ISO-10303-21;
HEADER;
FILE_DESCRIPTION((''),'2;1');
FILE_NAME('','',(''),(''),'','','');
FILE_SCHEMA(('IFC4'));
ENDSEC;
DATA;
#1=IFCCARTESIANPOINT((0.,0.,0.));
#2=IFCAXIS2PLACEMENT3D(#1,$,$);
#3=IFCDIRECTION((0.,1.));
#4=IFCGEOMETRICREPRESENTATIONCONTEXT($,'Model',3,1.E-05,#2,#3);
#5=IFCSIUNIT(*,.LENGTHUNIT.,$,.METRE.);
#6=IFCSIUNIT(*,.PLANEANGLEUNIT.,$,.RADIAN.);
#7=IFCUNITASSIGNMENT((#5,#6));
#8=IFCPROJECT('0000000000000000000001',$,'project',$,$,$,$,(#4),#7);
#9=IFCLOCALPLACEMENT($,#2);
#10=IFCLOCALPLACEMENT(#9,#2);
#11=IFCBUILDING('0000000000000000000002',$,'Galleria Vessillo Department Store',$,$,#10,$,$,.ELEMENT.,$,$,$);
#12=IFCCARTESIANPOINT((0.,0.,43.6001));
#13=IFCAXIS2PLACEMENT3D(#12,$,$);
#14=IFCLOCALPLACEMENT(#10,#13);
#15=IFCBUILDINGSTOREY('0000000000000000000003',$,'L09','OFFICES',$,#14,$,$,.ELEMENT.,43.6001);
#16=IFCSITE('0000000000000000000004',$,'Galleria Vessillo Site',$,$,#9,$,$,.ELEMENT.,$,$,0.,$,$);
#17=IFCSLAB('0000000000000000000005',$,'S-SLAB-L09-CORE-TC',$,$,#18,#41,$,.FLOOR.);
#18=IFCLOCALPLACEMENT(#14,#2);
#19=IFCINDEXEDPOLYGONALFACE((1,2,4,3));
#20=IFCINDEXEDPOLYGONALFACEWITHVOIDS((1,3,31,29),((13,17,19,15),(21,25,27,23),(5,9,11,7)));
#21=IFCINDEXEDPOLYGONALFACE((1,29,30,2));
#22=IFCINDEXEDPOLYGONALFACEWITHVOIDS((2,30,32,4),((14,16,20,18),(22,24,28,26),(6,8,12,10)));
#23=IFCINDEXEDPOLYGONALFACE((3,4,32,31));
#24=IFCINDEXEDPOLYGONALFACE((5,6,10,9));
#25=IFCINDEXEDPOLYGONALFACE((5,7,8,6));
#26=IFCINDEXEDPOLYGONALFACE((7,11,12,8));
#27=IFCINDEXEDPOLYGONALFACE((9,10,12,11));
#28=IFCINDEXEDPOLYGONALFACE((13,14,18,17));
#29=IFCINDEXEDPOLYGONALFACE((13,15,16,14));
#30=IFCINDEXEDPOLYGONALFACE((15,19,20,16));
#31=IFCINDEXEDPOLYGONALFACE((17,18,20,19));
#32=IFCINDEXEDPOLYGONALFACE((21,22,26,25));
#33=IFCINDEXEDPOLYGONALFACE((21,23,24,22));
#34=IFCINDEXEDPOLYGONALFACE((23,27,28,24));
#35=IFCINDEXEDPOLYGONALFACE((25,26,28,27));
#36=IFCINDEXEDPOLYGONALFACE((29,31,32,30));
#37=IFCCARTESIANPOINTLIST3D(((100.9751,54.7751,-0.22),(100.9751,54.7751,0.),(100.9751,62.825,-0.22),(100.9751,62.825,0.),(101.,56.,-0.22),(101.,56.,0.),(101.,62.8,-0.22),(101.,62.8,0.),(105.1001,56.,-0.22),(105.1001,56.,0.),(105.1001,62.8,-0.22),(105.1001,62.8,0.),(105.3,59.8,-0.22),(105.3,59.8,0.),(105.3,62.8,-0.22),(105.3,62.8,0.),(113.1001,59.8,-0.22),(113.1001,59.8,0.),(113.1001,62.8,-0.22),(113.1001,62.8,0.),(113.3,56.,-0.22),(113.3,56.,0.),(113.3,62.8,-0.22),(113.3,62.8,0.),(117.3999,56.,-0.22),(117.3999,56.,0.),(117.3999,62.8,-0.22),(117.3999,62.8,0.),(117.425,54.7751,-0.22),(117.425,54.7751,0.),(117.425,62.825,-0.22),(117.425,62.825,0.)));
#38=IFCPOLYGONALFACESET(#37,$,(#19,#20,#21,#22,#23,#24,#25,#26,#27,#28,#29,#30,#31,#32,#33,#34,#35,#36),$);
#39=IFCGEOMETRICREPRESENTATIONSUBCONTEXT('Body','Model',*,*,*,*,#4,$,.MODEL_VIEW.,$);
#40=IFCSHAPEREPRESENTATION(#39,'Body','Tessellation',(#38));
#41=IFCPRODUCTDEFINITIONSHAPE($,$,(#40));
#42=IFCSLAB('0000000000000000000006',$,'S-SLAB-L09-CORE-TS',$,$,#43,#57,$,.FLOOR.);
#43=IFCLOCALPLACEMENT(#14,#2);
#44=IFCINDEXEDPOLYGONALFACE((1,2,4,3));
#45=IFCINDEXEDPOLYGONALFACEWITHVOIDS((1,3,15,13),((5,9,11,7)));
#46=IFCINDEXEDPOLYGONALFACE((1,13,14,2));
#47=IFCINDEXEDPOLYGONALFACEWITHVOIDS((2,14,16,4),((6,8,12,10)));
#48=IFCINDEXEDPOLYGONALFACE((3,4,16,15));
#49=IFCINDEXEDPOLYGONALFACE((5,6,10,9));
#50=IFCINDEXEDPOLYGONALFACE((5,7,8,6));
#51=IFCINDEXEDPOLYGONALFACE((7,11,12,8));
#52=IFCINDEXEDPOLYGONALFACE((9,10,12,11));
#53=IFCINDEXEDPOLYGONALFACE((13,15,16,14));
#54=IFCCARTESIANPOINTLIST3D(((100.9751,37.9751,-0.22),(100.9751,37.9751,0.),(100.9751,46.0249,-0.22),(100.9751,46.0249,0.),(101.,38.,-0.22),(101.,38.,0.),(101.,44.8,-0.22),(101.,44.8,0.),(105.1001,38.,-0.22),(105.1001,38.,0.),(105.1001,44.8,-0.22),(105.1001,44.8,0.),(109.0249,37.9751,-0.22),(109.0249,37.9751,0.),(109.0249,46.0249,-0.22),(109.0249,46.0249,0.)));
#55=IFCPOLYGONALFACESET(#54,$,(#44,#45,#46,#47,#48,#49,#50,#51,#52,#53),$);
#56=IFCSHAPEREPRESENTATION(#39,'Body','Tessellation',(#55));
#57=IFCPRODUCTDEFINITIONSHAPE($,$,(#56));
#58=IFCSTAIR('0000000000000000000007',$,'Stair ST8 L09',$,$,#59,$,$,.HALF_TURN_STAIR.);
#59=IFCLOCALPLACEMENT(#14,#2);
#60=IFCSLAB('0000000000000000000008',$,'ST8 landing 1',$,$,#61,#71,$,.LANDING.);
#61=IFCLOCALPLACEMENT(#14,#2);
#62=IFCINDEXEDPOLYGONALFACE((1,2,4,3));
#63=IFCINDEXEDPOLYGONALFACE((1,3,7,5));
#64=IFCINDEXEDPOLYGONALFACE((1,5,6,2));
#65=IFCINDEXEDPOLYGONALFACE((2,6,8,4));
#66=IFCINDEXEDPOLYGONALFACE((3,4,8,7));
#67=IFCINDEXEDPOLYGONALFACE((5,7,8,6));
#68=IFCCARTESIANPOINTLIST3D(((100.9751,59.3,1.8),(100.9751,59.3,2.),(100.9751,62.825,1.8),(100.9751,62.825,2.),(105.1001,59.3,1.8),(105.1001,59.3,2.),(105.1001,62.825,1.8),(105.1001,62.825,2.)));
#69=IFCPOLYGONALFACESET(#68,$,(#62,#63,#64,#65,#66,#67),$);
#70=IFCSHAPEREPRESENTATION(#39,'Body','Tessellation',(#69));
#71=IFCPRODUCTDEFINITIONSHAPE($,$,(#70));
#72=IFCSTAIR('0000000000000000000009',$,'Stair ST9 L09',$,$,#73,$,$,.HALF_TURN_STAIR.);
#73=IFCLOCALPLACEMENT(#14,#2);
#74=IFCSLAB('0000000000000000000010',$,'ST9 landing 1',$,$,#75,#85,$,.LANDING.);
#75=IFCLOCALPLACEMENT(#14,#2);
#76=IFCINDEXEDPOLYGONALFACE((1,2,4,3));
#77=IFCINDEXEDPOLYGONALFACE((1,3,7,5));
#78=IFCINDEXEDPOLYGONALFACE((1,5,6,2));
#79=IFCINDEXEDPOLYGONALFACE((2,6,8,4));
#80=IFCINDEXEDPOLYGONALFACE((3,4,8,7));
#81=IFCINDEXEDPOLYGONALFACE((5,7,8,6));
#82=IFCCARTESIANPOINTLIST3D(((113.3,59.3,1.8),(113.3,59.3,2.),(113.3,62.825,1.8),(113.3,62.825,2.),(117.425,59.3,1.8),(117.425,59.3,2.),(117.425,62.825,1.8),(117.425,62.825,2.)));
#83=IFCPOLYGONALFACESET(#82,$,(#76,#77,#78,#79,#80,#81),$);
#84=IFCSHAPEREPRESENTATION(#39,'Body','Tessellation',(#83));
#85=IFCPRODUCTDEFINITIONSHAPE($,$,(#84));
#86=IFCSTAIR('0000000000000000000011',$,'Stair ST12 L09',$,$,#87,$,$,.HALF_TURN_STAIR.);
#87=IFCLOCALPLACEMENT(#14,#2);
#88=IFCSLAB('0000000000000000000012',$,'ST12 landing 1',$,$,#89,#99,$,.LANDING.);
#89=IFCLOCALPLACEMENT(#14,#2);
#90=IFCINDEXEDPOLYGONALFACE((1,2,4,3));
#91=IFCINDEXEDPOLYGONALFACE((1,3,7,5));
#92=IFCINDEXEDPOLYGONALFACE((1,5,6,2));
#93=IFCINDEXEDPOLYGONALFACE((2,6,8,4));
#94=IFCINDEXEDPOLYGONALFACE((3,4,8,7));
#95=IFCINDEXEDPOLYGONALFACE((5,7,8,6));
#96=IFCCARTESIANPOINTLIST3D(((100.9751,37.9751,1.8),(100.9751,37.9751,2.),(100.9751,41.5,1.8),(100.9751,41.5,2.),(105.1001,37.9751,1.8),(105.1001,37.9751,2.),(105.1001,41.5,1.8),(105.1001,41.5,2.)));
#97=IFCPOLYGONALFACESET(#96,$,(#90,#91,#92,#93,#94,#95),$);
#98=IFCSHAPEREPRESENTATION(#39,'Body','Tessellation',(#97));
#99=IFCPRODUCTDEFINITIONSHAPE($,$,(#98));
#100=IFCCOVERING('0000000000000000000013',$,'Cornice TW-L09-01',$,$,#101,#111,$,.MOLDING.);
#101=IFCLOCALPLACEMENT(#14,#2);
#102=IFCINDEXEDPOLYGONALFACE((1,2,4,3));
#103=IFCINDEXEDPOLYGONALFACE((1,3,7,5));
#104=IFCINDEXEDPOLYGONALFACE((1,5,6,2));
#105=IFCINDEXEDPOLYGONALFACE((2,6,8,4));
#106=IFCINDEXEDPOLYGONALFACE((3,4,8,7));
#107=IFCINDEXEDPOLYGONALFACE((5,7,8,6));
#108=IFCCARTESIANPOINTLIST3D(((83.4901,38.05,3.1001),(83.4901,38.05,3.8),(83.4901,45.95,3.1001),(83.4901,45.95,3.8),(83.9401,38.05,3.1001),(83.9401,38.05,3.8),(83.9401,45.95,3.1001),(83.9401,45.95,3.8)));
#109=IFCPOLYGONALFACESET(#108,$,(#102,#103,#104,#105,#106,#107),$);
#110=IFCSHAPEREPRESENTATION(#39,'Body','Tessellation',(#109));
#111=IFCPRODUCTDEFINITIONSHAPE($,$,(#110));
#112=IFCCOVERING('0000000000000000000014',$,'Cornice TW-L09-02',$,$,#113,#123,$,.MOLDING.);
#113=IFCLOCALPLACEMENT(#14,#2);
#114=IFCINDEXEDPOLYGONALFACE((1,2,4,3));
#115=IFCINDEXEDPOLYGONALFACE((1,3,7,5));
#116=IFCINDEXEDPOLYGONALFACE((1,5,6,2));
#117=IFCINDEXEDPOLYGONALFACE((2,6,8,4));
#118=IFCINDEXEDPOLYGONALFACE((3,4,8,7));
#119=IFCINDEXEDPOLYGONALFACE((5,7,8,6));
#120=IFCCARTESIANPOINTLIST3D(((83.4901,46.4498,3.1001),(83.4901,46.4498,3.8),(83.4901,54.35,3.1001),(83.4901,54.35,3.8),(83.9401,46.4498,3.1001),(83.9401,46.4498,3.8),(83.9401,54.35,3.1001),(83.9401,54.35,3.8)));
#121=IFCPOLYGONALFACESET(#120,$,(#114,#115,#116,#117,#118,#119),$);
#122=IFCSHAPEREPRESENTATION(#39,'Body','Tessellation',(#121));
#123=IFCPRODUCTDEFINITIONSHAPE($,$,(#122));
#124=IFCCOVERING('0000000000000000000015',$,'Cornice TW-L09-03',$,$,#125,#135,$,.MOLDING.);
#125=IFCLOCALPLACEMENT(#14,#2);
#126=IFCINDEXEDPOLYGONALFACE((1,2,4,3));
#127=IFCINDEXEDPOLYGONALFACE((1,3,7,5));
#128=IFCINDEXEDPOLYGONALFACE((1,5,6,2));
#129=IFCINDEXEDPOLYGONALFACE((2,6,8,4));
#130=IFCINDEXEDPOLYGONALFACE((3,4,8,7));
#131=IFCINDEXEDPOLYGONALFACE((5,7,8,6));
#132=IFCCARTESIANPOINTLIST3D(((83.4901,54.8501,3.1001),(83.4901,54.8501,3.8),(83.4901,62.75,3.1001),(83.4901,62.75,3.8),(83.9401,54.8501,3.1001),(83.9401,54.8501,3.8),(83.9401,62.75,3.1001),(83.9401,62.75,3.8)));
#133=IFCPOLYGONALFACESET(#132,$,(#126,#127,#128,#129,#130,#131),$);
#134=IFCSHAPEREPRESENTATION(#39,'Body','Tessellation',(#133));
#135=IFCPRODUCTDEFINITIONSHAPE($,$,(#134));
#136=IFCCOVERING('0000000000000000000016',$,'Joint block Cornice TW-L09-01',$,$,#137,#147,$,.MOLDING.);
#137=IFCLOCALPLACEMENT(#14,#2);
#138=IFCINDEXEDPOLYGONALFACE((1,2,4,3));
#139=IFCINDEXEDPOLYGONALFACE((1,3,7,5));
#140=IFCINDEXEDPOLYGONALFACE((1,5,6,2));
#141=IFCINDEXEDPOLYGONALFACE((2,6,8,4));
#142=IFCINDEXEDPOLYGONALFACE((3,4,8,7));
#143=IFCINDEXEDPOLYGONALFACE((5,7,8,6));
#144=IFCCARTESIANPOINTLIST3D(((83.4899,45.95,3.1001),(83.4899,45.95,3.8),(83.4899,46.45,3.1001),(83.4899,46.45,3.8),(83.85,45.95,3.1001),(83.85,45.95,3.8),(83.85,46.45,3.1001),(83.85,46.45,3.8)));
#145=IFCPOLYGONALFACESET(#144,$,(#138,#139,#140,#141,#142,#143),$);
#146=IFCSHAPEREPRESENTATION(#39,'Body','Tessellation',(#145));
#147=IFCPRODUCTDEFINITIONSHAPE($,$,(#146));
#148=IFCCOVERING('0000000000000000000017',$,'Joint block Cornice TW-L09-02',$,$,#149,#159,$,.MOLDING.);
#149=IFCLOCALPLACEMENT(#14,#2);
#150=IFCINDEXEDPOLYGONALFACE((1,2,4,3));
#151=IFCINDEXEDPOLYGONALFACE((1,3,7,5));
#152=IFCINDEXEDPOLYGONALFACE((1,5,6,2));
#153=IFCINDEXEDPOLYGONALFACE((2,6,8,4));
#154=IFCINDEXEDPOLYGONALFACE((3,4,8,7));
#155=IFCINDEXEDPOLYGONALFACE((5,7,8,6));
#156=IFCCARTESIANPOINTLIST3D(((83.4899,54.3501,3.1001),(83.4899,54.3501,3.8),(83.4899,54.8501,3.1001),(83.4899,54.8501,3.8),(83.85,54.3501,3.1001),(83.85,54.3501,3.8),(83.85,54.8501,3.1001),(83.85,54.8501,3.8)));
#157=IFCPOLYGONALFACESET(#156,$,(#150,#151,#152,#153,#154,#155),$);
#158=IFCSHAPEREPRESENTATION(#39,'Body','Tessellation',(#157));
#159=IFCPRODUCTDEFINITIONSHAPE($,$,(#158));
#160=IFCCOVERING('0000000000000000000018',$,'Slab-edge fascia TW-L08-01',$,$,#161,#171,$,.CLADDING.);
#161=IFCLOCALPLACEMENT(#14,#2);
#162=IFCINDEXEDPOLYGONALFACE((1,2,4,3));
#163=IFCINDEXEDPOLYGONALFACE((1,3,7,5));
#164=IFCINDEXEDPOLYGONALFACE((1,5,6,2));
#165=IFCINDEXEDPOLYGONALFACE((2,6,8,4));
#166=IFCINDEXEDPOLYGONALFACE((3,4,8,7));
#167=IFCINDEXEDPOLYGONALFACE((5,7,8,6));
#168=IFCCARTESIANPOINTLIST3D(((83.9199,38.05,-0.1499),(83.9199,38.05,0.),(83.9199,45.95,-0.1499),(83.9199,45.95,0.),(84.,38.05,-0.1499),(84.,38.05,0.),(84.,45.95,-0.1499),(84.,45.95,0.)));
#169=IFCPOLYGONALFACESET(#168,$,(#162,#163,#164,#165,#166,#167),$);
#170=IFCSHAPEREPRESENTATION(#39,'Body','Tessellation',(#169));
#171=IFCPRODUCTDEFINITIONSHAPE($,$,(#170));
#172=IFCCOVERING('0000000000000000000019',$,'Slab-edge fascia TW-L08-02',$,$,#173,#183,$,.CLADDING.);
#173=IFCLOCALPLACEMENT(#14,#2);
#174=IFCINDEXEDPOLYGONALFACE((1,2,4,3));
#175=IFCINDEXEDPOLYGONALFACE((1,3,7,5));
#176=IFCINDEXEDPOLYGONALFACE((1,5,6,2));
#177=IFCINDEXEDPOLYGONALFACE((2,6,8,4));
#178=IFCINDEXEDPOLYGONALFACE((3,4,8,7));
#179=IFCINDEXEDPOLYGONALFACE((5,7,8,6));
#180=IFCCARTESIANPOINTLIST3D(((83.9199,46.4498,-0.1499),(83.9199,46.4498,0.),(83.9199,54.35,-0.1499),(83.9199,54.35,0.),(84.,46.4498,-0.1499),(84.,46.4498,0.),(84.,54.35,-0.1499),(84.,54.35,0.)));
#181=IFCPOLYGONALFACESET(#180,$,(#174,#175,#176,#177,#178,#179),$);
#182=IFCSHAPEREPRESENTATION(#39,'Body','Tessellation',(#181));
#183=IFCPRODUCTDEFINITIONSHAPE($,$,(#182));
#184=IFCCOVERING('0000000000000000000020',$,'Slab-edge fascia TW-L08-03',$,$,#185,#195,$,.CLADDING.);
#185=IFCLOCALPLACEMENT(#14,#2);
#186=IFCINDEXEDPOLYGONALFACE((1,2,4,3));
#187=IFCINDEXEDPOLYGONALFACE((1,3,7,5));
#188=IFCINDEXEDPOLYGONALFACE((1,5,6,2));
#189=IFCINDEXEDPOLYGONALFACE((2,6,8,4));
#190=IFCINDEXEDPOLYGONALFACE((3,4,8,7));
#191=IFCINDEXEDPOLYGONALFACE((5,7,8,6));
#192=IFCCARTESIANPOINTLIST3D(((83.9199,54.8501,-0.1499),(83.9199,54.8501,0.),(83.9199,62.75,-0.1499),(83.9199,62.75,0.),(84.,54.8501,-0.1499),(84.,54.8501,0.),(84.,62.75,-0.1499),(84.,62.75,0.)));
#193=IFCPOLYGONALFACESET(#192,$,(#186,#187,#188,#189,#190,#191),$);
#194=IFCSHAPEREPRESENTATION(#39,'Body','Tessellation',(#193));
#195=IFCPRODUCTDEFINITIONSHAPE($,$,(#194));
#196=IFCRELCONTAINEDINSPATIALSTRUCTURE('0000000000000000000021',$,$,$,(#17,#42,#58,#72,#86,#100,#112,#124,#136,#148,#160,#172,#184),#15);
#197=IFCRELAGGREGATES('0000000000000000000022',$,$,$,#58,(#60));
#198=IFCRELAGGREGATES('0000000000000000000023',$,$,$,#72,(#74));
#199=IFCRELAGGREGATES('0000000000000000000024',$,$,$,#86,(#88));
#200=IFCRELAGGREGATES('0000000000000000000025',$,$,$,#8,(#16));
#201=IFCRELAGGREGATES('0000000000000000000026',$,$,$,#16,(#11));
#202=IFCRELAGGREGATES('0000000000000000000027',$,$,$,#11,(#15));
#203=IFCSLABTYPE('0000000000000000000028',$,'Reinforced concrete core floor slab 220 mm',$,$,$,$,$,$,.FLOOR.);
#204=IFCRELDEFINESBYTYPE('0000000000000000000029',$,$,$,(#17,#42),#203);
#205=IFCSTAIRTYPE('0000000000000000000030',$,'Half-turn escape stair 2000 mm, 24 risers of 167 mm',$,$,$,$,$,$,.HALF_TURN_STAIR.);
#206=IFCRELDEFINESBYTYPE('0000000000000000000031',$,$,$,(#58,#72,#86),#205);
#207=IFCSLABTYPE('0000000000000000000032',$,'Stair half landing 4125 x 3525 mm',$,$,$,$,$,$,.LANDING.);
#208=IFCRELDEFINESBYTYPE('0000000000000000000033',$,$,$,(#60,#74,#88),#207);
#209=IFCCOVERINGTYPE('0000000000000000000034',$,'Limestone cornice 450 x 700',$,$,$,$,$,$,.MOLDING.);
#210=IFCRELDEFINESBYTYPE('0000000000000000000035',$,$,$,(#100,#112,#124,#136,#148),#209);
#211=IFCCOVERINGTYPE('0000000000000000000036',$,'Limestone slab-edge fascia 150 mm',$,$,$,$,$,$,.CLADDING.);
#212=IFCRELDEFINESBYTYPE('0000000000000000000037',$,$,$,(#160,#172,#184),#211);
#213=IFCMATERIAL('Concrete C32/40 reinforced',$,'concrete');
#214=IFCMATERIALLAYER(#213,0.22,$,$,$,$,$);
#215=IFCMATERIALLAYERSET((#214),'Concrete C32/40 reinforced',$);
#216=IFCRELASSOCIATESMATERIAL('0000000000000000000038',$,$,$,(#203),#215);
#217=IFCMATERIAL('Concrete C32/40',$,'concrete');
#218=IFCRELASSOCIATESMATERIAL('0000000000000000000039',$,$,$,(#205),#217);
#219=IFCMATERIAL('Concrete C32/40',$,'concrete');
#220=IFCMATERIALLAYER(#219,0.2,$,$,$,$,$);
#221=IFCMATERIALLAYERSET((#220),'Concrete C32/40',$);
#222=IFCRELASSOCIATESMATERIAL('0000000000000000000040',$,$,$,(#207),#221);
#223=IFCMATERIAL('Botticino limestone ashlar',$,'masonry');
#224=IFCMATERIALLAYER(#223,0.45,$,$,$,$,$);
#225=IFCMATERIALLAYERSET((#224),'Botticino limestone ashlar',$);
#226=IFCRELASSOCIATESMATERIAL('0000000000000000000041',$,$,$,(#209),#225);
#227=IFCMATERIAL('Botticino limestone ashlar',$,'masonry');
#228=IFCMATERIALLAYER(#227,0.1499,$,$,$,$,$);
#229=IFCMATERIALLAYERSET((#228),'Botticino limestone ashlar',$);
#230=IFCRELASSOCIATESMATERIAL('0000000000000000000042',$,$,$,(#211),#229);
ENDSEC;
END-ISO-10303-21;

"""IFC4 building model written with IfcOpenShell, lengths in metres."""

from ifc_helpers import new_model, si_unit, direction, frame, origin, origin_2d, place, context, subcontext, project, spatial, polyline, rectangle, outline, extrude, material, layer, layer_set, type_object, element, aggregate, save


model = new_model("IFC4")

# Units and contexts
model_context = context("Model", 3, precision=1e-05, world=origin(), true_north=direction((0.0, 1.0)))
body_context = subcontext(model_context, "Body", "Model", "MODEL_VIEW")
ifc_project = project(units=[si_unit("LENGTHUNIT", "METRE"), si_unit("PLANEANGLEUNIT", "RADIAN")], contexts=[model_context])

# Site, building, storey
site_placement = place(None, origin())
site = spatial("IfcSite", under=ifc_project, at=site_placement, Name="Galleria Vessillo Site", CompositionType="ELEMENT", RefElevation=0.0)
building_placement = place(site_placement, origin())
building = spatial("IfcBuilding", under=site, at=building_placement, Name="Galleria Vessillo Department Store", CompositionType="ELEMENT")
storey_placement = place(building_placement, frame((0.0, 0.0, 43.6001)))
storey = spatial("IfcBuildingStorey", under=building, at=storey_placement, Name="L09", Description="OFFICES", CompositionType="ELEMENT", Elevation=43.6001)

# Slabs
ifc_material_1 = material(Name="Concrete C32/40 reinforced", Category="concrete")
ifc_layer_1 = layer(ifc_material_1, 0.22)
ifc_layer_set_1 = layer_set([ifc_layer_1], Name="Concrete C32/40 reinforced")
slab_type_1 = type_object("IfcSlabType", Name="Reinforced concrete core floor slab 220 mm", PredefinedType="FLOOR", material=ifc_layer_set_1)
slab_1_placement = place(storey_placement, frame((0.0, 0.0, -0.22)))
element("IfcSlab", 1, at=slab_1_placement, inside=storey, type_object=slab_type_1, Name="S-SLAB-L09-CORE-TC", PredefinedType="FLOOR", context=body_context, shape_type="SweptSolid", body=[
    extrude(outline(polyline([(100.9751, 54.7751), (100.9751, 62.825), (117.425, 62.825), (117.425, 54.7751), (100.9751, 54.7751)]), holes=[polyline([(105.1001, 56.0), (105.1001, 62.8), (101.0, 62.8), (101.0, 56.0), (105.1001, 56.0)]), polyline([(113.3, 56.0), (117.3999, 56.0), (117.3999, 62.8), (113.3, 62.8), (113.3, 56.0)]), polyline([(105.3, 59.8), (113.1001, 59.8), (113.1001, 62.8), (105.3, 62.8), (105.3, 59.8)])]), origin(), (0.0, 0.0, 1.0), 0.22),
])
slab_2_placement = place(storey_placement, frame((0.0, 0.0, -0.22)))
element("IfcSlab", 2, at=slab_2_placement, inside=storey, type_object=slab_type_1, Name="S-SLAB-L09-CORE-TS", PredefinedType="FLOOR", context=body_context, shape_type="SweptSolid", body=[
    extrude(outline(polyline([(100.9751, 37.9751), (100.9751, 46.0249), (109.0249, 46.0249), (109.0249, 37.9751), (100.9751, 37.9751)]), holes=[polyline([(105.1001, 44.8), (101.0, 44.8), (101.0, 38.0), (105.1001, 38.0), (105.1001, 44.8)])]), origin(), (0.0, 0.0, 1.0), 0.22),
])

# Stairs, slabs
ifc_material_2 = material(Name="Concrete C32/40", Category="concrete")
stair_type = type_object("IfcStairType", Name="Half-turn escape stair 2000 mm, 24 risers of 167 mm", PredefinedType="HALF_TURN_STAIR", material=ifc_material_2)
stair_1_placement = place(storey_placement, origin())
stair_1 = element("IfcStair", 3, at=stair_1_placement, inside=storey, type_object=stair_type, Name="Stair ST8 L09", PredefinedType="HALF_TURN_STAIR")
ifc_material_3 = material(Name="Concrete C32/40", Category="concrete")
ifc_layer_2 = layer(ifc_material_3, 0.2)
ifc_layer_set_2 = layer_set([ifc_layer_2], Name="Concrete C32/40")
slab_type_2 = type_object("IfcSlabType", Name="Stair half landing 4125 x 3525 mm", PredefinedType="LANDING", material=ifc_layer_set_2)
slab_3_placement = place(storey_placement, frame((0.0, 0.0, 1.8)))
slab_3 = element("IfcSlab", 4, at=slab_3_placement, type_object=slab_type_2, Name="ST8 landing 1", PredefinedType="LANDING", context=body_context, shape_type="SweptSolid", body=[
    extrude(outline(polyline([(100.9751, 59.3), (100.9751, 62.825), (105.1001, 62.825), (105.1001, 59.3), (100.9751, 59.3)])), origin(), (0.0, 0.0, 1.0), 0.2),
])
aggregate(stair_1, [slab_3])
stair_2_placement = place(storey_placement, origin())
stair_2 = element("IfcStair", 5, at=stair_2_placement, inside=storey, type_object=stair_type, Name="Stair ST9 L09", PredefinedType="HALF_TURN_STAIR")
slab_4_placement = place(storey_placement, frame((0.0, 0.0, 1.8)))
slab_4 = element("IfcSlab", 6, at=slab_4_placement, type_object=slab_type_2, Name="ST9 landing 1", PredefinedType="LANDING", context=body_context, shape_type="SweptSolid", body=[
    extrude(outline(polyline([(113.3, 59.3), (113.3, 62.825), (117.425, 62.825), (117.425, 59.3), (113.3, 59.3)])), origin(), (0.0, 0.0, 1.0), 0.2),
])
aggregate(stair_2, [slab_4])
stair_3_placement = place(storey_placement, origin())
stair_3 = element("IfcStair", 7, at=stair_3_placement, inside=storey, type_object=stair_type, Name="Stair ST12 L09", PredefinedType="HALF_TURN_STAIR")
slab_5_placement = place(storey_placement, frame((0.0, 0.0, 1.8)))
slab_5 = element("IfcSlab", 8, at=slab_5_placement, type_object=slab_type_2, Name="ST12 landing 1", PredefinedType="LANDING", context=body_context, shape_type="SweptSolid", body=[
    extrude(outline(polyline([(100.9751, 37.9751), (100.9751, 41.5), (105.1001, 41.5), (105.1001, 37.9751), (100.9751, 37.9751)])), origin(), (0.0, 0.0, 1.0), 0.2),
])
aggregate(stair_3, [slab_5])

# Coverings
ifc_material_4 = material(Name="Botticino limestone ashlar", Category="masonry")
ifc_layer_3 = layer(ifc_material_4, 0.45)
ifc_layer_set_3 = layer_set([ifc_layer_3], Name="Botticino limestone ashlar")
covering_type_1 = type_object("IfcCoveringType", Name="Limestone cornice 450 x 700", PredefinedType="MOLDING", material=ifc_layer_set_3)
covering_1_placement = place(storey_placement, frame((83.7151, 42.0, 3.1001), z_axis=(0.0, 0.0, 1.0), x_axis=(1.0, 0.0, 0.0)))
element("IfcCovering", 9, at=covering_1_placement, inside=storey, type_object=covering_type_1, Name="Cornice TW-L09-01", PredefinedType="MOLDING", context=body_context, shape_type="SweptSolid", body=[
    extrude(rectangle(XDim=0.45, YDim=7.8999, at=origin_2d()), origin(), (0.0, 0.0, 1.0), 0.7),
])
covering_2_placement = place(storey_placement, frame((83.7151, 50.3999, 3.1001), z_axis=(0.0, 0.0, 1.0), x_axis=(1.0, 0.0, 0.0)))
element("IfcCovering", 10, at=covering_2_placement, inside=storey, type_object=covering_type_1, Name="Cornice TW-L09-02", PredefinedType="MOLDING", context=body_context, shape_type="SweptSolid", body=[
    extrude(rectangle(XDim=0.45, YDim=7.9001, at=origin_2d()), origin(), (0.0, 0.0, 1.0), 0.7),
])
covering_3_placement = place(storey_placement, frame((83.7151, 58.8, 3.1001), z_axis=(0.0, 0.0, 1.0), x_axis=(1.0, 0.0, 0.0)))
element("IfcCovering", 11, at=covering_3_placement, inside=storey, type_object=covering_type_1, Name="Cornice TW-L09-03", PredefinedType="MOLDING", context=body_context, shape_type="SweptSolid", body=[
    extrude(rectangle(XDim=0.45, YDim=7.8999, at=origin_2d()), origin(), (0.0, 0.0, 1.0), 0.7),
])
for number, where, z_axis, x_axis, name in (
    (12, (83.6699, 46.2, 3.1001), (0.0, 0.0, 1.0), (1.0, 0.0, 0.0), "Joint block Cornice TW-L09-01"),
    (13, (83.6699, 54.6001, 3.1001), (0.0, 0.0, 1.0), (1.0, 0.0, 0.0), "Joint block Cornice TW-L09-02"),
):
    element("IfcCovering", number, at=place(storey_placement, frame(where, z_axis=z_axis, x_axis=x_axis)), inside=storey, type_object=covering_type_1, Name=name, PredefinedType="MOLDING", context=body_context, shape_type="SweptSolid", body=[
        extrude(rectangle(XDim=0.3601, YDim=0.5, at=origin_2d()), origin(), (0.0, 0.0, 1.0), 0.7),
    ])
ifc_material_5 = material(Name="Botticino limestone ashlar", Category="masonry")
ifc_layer_4 = layer(ifc_material_5, 0.1499)
ifc_layer_set_4 = layer_set([ifc_layer_4], Name="Botticino limestone ashlar")
covering_type_2 = type_object("IfcCoveringType", Name="Limestone slab-edge fascia 150 mm", PredefinedType="CLADDING", material=ifc_layer_set_4)
covering_4_placement = place(storey_placement, frame((83.96, 42.0, -0.1499), z_axis=(0.0, 0.0, 1.0), x_axis=(1.0, 0.0, 0.0)))
element("IfcCovering", 14, at=covering_4_placement, inside=storey, type_object=covering_type_2, Name="Slab-edge fascia TW-L08-01", PredefinedType="CLADDING", context=body_context, shape_type="SweptSolid", body=[
    extrude(rectangle(XDim=0.0801, YDim=7.8999, at=origin_2d()), origin(), (0.0, 0.0, 1.0), 0.1499),
])
covering_5_placement = place(storey_placement, frame((83.96, 50.3999, -0.1499), z_axis=(0.0, 0.0, 1.0), x_axis=(1.0, 0.0, 0.0)))
element("IfcCovering", 15, at=covering_5_placement, inside=storey, type_object=covering_type_2, Name="Slab-edge fascia TW-L08-02", PredefinedType="CLADDING", context=body_context, shape_type="SweptSolid", body=[
    extrude(rectangle(XDim=0.0801, YDim=7.9001, at=origin_2d()), origin(), (0.0, 0.0, 1.0), 0.1499),
])
covering_6_placement = place(storey_placement, frame((83.96, 58.8, -0.1499), z_axis=(0.0, 0.0, 1.0), x_axis=(1.0, 0.0, 0.0)))
element("IfcCovering", 16, at=covering_6_placement, inside=storey, type_object=covering_type_2, Name="Slab-edge fascia TW-L08-03", PredefinedType="CLADDING", context=body_context, shape_type="SweptSolid", body=[
    extrude(rectangle(XDim=0.0801, YDim=7.8999, at=origin_2d()), origin(), (0.0, 0.0, 1.0), 0.1499),
])

save(model, "model.ifc")
